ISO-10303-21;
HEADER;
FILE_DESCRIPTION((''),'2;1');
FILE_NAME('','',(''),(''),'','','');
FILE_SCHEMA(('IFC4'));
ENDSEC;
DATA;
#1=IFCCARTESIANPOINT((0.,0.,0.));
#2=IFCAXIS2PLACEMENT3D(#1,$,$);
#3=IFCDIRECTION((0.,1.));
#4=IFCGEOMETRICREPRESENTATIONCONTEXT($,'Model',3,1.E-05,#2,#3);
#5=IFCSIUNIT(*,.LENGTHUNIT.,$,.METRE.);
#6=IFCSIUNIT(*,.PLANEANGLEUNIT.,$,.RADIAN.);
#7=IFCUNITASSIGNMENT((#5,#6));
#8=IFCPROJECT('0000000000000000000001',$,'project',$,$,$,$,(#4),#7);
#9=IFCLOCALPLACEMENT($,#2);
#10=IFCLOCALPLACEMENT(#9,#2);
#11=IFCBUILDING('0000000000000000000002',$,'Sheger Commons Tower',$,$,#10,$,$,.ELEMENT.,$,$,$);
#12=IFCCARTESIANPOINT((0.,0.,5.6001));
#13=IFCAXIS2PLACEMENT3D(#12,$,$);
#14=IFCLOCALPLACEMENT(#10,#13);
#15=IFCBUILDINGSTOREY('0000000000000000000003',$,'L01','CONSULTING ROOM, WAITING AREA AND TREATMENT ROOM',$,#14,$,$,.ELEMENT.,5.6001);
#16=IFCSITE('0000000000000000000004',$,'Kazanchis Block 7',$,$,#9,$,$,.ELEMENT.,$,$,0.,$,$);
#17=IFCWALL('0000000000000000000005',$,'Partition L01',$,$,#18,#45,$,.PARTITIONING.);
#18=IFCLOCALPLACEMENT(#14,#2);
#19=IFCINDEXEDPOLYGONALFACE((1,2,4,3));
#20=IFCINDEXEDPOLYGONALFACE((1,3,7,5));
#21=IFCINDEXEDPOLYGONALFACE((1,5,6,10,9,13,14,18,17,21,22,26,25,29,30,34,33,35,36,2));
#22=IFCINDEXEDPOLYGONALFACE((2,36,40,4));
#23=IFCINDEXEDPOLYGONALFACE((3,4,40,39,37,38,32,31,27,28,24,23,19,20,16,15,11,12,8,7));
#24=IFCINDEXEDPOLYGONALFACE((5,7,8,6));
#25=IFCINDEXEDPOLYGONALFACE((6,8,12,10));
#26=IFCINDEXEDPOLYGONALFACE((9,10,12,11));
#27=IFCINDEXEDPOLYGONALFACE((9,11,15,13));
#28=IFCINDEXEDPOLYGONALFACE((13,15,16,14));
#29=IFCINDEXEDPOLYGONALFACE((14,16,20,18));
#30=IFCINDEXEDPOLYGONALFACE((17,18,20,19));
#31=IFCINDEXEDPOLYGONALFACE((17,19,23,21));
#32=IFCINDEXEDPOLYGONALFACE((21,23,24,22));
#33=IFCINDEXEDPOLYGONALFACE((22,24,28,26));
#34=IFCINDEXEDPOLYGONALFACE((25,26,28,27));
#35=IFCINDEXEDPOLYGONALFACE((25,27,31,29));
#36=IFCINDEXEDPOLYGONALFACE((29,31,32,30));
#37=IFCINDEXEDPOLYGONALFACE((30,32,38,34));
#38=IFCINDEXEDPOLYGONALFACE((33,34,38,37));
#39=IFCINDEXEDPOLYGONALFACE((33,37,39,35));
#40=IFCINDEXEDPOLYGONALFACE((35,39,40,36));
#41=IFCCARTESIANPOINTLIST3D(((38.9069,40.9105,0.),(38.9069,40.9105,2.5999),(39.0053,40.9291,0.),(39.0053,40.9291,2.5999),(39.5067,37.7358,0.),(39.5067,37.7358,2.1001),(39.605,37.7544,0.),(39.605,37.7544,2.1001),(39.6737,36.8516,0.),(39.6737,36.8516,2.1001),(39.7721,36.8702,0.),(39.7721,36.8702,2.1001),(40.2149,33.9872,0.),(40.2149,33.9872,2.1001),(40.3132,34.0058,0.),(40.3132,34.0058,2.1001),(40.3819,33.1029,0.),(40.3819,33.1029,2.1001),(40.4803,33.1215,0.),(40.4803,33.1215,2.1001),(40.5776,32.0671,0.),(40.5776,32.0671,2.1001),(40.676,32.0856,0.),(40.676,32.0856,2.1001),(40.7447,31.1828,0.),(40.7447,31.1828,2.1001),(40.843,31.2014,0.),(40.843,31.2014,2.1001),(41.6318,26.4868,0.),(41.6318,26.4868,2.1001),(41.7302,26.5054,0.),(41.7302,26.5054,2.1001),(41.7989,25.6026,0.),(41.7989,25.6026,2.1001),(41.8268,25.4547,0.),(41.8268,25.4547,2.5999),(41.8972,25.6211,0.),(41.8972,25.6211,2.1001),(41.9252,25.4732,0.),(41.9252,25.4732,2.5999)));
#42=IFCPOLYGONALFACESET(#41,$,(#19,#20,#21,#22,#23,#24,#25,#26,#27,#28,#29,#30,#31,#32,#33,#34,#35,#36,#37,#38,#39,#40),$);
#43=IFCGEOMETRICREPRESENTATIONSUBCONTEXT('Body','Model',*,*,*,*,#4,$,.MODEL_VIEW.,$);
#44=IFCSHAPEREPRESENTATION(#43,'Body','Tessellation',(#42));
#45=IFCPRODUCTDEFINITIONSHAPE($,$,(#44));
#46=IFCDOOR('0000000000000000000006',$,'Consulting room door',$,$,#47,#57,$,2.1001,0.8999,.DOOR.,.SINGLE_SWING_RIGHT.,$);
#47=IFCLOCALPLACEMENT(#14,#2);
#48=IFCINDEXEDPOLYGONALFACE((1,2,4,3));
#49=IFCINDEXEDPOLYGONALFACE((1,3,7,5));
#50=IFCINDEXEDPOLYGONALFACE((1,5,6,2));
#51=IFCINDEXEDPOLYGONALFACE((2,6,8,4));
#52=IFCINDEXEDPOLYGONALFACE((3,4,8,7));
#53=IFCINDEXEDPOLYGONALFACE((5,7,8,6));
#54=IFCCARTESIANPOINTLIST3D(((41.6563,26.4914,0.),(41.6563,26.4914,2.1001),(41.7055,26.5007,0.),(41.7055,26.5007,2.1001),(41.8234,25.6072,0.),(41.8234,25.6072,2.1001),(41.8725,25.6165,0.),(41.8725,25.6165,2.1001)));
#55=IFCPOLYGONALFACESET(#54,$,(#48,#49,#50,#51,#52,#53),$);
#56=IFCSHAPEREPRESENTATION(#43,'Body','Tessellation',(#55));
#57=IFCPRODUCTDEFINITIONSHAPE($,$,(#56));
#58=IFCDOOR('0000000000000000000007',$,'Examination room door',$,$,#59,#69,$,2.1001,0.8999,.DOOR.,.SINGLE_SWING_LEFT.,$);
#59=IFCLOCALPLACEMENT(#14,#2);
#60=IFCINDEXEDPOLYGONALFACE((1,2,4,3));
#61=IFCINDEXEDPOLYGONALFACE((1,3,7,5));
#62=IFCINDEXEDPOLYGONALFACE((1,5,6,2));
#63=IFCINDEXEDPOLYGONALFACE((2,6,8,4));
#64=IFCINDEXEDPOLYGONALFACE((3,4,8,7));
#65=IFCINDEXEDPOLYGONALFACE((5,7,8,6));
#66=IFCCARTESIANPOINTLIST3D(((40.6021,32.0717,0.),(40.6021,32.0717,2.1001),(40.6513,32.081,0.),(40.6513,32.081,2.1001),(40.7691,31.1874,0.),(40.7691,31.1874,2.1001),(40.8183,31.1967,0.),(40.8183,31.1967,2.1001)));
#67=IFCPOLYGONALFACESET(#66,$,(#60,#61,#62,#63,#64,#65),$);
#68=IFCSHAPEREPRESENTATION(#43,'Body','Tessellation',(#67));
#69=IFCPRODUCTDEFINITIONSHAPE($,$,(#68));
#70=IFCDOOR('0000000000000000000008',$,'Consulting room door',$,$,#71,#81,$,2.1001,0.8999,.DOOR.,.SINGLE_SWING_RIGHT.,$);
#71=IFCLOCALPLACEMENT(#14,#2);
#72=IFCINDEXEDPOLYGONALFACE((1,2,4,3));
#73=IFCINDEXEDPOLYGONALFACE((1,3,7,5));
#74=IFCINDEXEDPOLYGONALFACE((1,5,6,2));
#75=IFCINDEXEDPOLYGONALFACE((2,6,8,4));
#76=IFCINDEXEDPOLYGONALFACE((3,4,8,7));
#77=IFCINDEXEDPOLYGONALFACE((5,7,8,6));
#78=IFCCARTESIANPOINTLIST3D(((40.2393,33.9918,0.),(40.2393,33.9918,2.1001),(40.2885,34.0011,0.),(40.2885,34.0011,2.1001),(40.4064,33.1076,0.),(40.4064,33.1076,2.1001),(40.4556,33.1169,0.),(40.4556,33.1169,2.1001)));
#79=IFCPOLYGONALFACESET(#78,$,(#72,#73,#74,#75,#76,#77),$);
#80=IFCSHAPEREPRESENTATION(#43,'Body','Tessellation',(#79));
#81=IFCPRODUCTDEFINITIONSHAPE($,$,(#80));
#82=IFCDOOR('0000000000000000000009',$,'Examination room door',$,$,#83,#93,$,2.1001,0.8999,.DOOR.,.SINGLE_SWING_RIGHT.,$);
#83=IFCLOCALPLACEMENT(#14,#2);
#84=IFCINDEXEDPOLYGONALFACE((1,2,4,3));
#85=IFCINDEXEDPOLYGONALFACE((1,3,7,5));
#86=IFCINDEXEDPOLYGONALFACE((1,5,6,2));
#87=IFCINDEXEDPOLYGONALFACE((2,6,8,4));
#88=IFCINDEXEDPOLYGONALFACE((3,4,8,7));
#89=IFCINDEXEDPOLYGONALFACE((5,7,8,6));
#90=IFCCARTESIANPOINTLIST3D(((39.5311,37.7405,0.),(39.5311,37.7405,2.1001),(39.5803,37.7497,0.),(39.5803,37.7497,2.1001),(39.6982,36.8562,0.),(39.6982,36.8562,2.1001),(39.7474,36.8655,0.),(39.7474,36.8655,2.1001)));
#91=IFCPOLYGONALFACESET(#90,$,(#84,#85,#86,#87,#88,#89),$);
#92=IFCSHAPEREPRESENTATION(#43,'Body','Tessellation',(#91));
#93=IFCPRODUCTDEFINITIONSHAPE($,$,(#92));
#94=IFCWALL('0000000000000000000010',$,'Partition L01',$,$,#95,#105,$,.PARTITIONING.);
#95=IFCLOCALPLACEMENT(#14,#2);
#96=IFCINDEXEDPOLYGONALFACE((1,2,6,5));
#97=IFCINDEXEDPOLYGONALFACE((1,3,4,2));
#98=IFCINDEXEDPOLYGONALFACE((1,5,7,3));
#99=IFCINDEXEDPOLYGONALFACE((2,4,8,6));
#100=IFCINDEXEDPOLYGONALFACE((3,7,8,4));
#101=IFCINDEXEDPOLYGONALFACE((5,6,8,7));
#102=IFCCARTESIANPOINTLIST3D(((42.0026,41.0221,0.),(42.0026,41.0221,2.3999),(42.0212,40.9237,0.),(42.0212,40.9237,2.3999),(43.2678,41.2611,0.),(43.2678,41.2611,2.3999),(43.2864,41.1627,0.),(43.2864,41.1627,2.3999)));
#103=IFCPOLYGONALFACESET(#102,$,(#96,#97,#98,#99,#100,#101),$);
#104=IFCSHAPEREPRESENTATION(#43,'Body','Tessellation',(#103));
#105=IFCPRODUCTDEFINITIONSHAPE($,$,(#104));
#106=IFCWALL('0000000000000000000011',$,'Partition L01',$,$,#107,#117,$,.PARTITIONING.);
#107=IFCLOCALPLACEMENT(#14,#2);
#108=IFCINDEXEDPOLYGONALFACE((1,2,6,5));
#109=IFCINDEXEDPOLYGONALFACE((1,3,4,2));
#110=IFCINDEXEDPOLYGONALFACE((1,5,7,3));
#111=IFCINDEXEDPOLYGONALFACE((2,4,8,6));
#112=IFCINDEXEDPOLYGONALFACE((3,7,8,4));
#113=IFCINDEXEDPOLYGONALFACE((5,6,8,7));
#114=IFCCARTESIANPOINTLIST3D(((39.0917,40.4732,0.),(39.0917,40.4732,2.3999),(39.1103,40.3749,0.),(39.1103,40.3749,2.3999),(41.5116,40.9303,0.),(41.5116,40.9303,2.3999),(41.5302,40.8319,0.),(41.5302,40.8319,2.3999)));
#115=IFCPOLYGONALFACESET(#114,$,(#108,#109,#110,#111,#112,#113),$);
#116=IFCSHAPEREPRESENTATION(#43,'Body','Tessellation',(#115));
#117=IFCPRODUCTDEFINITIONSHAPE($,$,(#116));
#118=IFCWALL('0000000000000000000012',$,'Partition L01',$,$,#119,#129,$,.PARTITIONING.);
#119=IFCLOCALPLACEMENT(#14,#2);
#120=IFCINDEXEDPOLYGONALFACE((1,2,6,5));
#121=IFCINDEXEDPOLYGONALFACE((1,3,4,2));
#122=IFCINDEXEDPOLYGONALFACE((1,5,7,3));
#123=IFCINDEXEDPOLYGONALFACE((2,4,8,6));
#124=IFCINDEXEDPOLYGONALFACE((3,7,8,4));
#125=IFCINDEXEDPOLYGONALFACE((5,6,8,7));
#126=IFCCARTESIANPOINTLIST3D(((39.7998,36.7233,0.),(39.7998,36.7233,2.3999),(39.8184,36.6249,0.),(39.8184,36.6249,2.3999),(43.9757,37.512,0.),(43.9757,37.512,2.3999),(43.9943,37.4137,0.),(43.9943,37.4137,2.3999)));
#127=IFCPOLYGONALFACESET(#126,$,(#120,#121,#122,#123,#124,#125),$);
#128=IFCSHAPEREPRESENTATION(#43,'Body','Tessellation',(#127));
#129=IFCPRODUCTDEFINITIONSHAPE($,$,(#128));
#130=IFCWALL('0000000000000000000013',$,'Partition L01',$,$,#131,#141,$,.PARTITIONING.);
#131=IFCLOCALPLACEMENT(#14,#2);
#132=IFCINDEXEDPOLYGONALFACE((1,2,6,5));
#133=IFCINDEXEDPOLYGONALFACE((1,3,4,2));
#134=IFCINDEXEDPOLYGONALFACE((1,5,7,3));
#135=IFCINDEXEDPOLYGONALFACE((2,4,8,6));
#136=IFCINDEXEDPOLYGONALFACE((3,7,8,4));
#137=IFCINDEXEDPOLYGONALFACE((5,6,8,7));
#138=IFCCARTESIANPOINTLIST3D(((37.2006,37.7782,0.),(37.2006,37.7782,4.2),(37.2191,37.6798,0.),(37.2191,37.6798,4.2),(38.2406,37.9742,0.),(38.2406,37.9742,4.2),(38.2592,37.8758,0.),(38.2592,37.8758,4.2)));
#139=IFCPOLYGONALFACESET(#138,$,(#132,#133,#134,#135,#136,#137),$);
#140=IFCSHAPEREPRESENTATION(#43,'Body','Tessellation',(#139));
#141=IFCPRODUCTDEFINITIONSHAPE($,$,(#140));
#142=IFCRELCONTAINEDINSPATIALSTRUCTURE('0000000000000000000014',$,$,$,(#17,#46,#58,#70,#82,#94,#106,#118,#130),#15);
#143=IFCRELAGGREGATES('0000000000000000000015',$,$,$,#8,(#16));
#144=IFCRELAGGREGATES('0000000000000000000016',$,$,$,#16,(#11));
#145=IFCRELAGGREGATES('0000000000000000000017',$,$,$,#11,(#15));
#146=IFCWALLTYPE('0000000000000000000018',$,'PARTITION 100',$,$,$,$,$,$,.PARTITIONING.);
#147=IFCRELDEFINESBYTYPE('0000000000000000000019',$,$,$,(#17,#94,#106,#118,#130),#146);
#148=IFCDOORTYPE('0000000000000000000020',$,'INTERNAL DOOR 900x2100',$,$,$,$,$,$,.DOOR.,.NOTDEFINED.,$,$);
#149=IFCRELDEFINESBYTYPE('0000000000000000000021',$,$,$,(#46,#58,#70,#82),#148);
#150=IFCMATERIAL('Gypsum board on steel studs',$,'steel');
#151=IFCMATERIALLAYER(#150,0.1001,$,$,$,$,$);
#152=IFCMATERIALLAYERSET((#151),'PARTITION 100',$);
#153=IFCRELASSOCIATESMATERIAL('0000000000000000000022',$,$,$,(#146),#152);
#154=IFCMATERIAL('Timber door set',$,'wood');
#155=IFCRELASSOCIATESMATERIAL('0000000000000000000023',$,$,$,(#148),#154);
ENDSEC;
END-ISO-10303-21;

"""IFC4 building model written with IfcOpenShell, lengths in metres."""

from ifc_helpers import new_model, si_unit, direction, frame, frame_2d, origin, place, context, subcontext, project, spatial, rectangle, extrude, material, layer, layer_set, type_object, element, fill, save


model = new_model("IFC4")

# Units and contexts
model_context = context("Model", 3, precision=1e-05, world=origin(), true_north=direction((0.0, 1.0)))
body_context = subcontext(model_context, "Body", "Model", "MODEL_VIEW")
ifc_project = project(units=[si_unit("LENGTHUNIT", "METRE"), si_unit("PLANEANGLEUNIT", "RADIAN")], contexts=[model_context])

# Site, building, storey
site_placement = place(None, origin())
site = spatial("IfcSite", under=ifc_project, at=site_placement, Name="Kazanchis Block 7", CompositionType="ELEMENT", RefElevation=0.0)
building_placement = place(site_placement, origin())
building = spatial("IfcBuilding", under=site, at=building_placement, Name="Sheger Commons Tower", CompositionType="ELEMENT")
storey_placement = place(building_placement, frame((0.0, 0.0, 5.6001)))
storey = spatial("IfcBuildingStorey", under=building, at=storey_placement, Name="L01", Description="CONSULTING ROOM, WAITING AREA AND TREATMENT ROOM", CompositionType="ELEMENT", Elevation=5.6001)

# Wall, openings, doors
ifc_material_1 = material(Name="Gypsum board on steel studs", Category="steel")
ifc_layer_1 = layer(ifc_material_1, 0.1001)
ifc_layer_set_1 = layer_set([ifc_layer_1], Name="PARTITION 100")
wall_type = type_object("IfcWallType", Name="PARTITION 100", PredefinedType="PARTITIONING", material=ifc_layer_set_1)
wall_1_placement = place(storey_placement, frame((38.9561, 40.9199, 0.0), z_axis=(0.0, 0.0, 1.0), x_axis=(0.185637, -0.982618, 0.0)))
wall_1 = element("IfcWall", 1, at=wall_1_placement, inside=storey, type_object=wall_type, Name="Partition L01", PredefinedType="PARTITIONING", context=body_context, shape_type="SweptSolid", body=[
    extrude(rectangle(XDim=15.7292, YDim=0.1001, at=frame_2d((7.8647, 0.0))), origin(), (0.0, 0.0, 1.0), 2.5999),
])
opening_1_placement = place(wall_1_placement, frame((14.679, 0.0, 0.0)))
opening_1 = element("IfcOpeningElement", 2, at=opening_1_placement, cuts=wall_1, PredefinedType="OPENING", context=body_context, shape_type="SweptSolid", body=[
    extrude(rectangle(XDim=0.8999, YDim=2.1001, at=frame_2d((0.45, 1.05))), frame((0.0, 0.0601, 0.0), z_axis=(0.0, -1.0, 0.0), x_axis=(1.0, 0.0, 0.0)), (0.0, 0.0, 1.0), 0.1201),
])
opening_2_placement = place(wall_1_placement, frame((9.0, 0.0, 0.0)))
opening_2 = element("IfcOpeningElement", 3, at=opening_2_placement, cuts=wall_1, PredefinedType="OPENING", context=body_context, shape_type="SweptSolid", body=[
    extrude(rectangle(XDim=0.8999, YDim=2.1001, at=frame_2d((0.45, 1.05))), frame((0.0, 0.0601, 0.0), z_axis=(0.0, -1.0, 0.0), x_axis=(1.0, 0.0, 0.0)), (0.0, 0.0, 1.0), 0.1201),
])
opening_3_placement = place(wall_1_placement, frame((7.0459, 0.0, 0.0)))
opening_3 = element("IfcOpeningElement", 4, at=opening_3_placement, cuts=wall_1, PredefinedType="OPENING", context=body_context, shape_type="SweptSolid", body=[
    extrude(rectangle(XDim=0.8999, YDim=2.1001, at=frame_2d((0.45, 1.05))), frame((0.0, 0.0601, 0.0), z_axis=(0.0, -1.0, 0.0), x_axis=(1.0, 0.0, 0.0)), (0.0, 0.0, 1.0), 0.1201),
])
opening_4_placement = place(wall_1_placement, frame((3.231, 0.0, 0.0)))
opening_4 = element("IfcOpeningElement", 5, at=opening_4_placement, cuts=wall_1, PredefinedType="OPENING", context=body_context, shape_type="SweptSolid", body=[
    extrude(rectangle(XDim=0.8999, YDim=2.1001, at=frame_2d((0.45, 1.05))), frame((0.0, 0.0601, 0.0), z_axis=(0.0, -1.0, 0.0), x_axis=(1.0, 0.0, 0.0)), (0.0, 0.0, 1.0), 0.1201),
])
ifc_material_2 = material(Name="Timber door set", Category="wood")
door_type = type_object("IfcDoorType", Name="INTERNAL DOOR 900x2100", OperationType="NOTDEFINED", PredefinedType="DOOR", material=ifc_material_2)
door_1_placement = place(opening_1_placement, origin())
door_1 = element("IfcDoor", 6, at=door_1_placement, inside=storey, type_object=door_type, Name="Consulting room door", OperationType="SINGLE_SWING_RIGHT", OverallHeight=2.1001, OverallWidth=0.8999, PredefinedType="DOOR", context=body_context, shape_type="SweptSolid", body=[
    extrude(rectangle(XDim=0.8999, YDim=2.1001, at=frame_2d((0.45, 1.05))), frame((0.0, 0.0249, 0.0), z_axis=(0.0, -1.0, 0.0), x_axis=(1.0, 0.0, 0.0)), (0.0, 0.0, 1.0), 0.05),
])
fill(opening_1, door_1)
door_2_placement = place(opening_2_placement, origin())
door_2 = element("IfcDoor", 7, at=door_2_placement, inside=storey, type_object=door_type, Name="Examination room door", OperationType="SINGLE_SWING_LEFT", OverallHeight=2.1001, OverallWidth=0.8999, PredefinedType="DOOR", context=body_context, shape_type="SweptSolid", body=[
    extrude(rectangle(XDim=0.8999, YDim=2.1001, at=frame_2d((0.45, 1.05))), frame((0.0, 0.0249, 0.0), z_axis=(0.0, -1.0, 0.0), x_axis=(1.0, 0.0, 0.0)), (0.0, 0.0, 1.0), 0.05),
])
fill(opening_2, door_2)
door_3_placement = place(opening_3_placement, origin())
door_3 = element("IfcDoor", 8, at=door_3_placement, inside=storey, type_object=door_type, Name="Consulting room door", OperationType="SINGLE_SWING_RIGHT", OverallHeight=2.1001, OverallWidth=0.8999, PredefinedType="DOOR", context=body_context, shape_type="SweptSolid", body=[
    extrude(rectangle(XDim=0.8999, YDim=2.1001, at=frame_2d((0.45, 1.05))), frame((0.0, 0.0249, 0.0), z_axis=(0.0, -1.0, 0.0), x_axis=(1.0, 0.0, 0.0)), (0.0, 0.0, 1.0), 0.05),
])
fill(opening_3, door_3)
door_4_placement = place(opening_4_placement, origin())
door_4 = element("IfcDoor", 9, at=door_4_placement, inside=storey, type_object=door_type, Name="Examination room door", OperationType="SINGLE_SWING_RIGHT", OverallHeight=2.1001, OverallWidth=0.8999, PredefinedType="DOOR", context=body_context, shape_type="SweptSolid", body=[
    extrude(rectangle(XDim=0.8999, YDim=2.1001, at=frame_2d((0.45, 1.05))), frame((0.0, 0.0249, 0.0), z_axis=(0.0, -1.0, 0.0), x_axis=(1.0, 0.0, 0.0)), (0.0, 0.0, 1.0), 0.05),
])
fill(opening_4, door_4)

# Walls
wall_2_placement = place(storey_placement, frame((43.2771, 41.2119, 0.0), z_axis=(0.0, 0.0, 1.0), x_axis=(-0.982618, -0.185639, 0.0)))
element("IfcWall", 10, at=wall_2_placement, inside=storey, type_object=wall_type, Name="Partition L01", PredefinedType="PARTITIONING", context=body_context, shape_type="SweptSolid", body=[
    extrude(rectangle(XDim=1.2876, YDim=0.1001, at=frame_2d((0.6438, 0.0))), origin(), (0.0, 0.0, 1.0), 2.3999),
])
wall_3_placement = place(storey_placement, frame((41.521, 40.8811, 0.0), z_axis=(0.0, 0.0, 1.0), x_axis=(-0.982629, -0.185581, 0.0)))
element("IfcWall", 11, at=wall_3_placement, inside=storey, type_object=wall_type, Name="Partition L01", PredefinedType="PARTITIONING", context=body_context, shape_type="SweptSolid", body=[
    extrude(rectangle(XDim=2.4626, YDim=0.1001, at=frame_2d((1.2314, 0.0))), origin(), (0.0, 0.0, 1.0), 2.3999),
])
wall_4_placement = place(storey_placement, frame((43.9851, 37.4629, 0.0), z_axis=(0.0, 0.0, 1.0), x_axis=(-0.982624, -0.18561, 0.0)))
element("IfcWall", 12, at=wall_4_placement, inside=storey, type_object=wall_type, Name="Partition L01", PredefinedType="PARTITIONING", context=body_context, shape_type="SweptSolid", body=[
    extrude(rectangle(XDim=4.2498, YDim=0.1001, at=frame_2d((2.125, 0.0))), origin(), (0.0, 0.0, 1.0), 2.3999),
])
wall_5_placement = place(storey_placement, frame((38.25, 37.925, 0.0), z_axis=(0.0, 0.0, 1.0), x_axis=(-0.982694, -0.185236, 0.0)))
element("IfcWall", 13, at=wall_5_placement, inside=storey, type_object=wall_type, Name="Partition L01", PredefinedType="PARTITIONING", context=body_context, shape_type="SweptSolid", body=[
    extrude(rectangle(XDim=1.0583, YDim=0.1001, at=frame_2d((0.5293, 0.0))), origin(), (0.0, 0.0, 1.0), 4.2),
])

save(model, "model.ifc")
